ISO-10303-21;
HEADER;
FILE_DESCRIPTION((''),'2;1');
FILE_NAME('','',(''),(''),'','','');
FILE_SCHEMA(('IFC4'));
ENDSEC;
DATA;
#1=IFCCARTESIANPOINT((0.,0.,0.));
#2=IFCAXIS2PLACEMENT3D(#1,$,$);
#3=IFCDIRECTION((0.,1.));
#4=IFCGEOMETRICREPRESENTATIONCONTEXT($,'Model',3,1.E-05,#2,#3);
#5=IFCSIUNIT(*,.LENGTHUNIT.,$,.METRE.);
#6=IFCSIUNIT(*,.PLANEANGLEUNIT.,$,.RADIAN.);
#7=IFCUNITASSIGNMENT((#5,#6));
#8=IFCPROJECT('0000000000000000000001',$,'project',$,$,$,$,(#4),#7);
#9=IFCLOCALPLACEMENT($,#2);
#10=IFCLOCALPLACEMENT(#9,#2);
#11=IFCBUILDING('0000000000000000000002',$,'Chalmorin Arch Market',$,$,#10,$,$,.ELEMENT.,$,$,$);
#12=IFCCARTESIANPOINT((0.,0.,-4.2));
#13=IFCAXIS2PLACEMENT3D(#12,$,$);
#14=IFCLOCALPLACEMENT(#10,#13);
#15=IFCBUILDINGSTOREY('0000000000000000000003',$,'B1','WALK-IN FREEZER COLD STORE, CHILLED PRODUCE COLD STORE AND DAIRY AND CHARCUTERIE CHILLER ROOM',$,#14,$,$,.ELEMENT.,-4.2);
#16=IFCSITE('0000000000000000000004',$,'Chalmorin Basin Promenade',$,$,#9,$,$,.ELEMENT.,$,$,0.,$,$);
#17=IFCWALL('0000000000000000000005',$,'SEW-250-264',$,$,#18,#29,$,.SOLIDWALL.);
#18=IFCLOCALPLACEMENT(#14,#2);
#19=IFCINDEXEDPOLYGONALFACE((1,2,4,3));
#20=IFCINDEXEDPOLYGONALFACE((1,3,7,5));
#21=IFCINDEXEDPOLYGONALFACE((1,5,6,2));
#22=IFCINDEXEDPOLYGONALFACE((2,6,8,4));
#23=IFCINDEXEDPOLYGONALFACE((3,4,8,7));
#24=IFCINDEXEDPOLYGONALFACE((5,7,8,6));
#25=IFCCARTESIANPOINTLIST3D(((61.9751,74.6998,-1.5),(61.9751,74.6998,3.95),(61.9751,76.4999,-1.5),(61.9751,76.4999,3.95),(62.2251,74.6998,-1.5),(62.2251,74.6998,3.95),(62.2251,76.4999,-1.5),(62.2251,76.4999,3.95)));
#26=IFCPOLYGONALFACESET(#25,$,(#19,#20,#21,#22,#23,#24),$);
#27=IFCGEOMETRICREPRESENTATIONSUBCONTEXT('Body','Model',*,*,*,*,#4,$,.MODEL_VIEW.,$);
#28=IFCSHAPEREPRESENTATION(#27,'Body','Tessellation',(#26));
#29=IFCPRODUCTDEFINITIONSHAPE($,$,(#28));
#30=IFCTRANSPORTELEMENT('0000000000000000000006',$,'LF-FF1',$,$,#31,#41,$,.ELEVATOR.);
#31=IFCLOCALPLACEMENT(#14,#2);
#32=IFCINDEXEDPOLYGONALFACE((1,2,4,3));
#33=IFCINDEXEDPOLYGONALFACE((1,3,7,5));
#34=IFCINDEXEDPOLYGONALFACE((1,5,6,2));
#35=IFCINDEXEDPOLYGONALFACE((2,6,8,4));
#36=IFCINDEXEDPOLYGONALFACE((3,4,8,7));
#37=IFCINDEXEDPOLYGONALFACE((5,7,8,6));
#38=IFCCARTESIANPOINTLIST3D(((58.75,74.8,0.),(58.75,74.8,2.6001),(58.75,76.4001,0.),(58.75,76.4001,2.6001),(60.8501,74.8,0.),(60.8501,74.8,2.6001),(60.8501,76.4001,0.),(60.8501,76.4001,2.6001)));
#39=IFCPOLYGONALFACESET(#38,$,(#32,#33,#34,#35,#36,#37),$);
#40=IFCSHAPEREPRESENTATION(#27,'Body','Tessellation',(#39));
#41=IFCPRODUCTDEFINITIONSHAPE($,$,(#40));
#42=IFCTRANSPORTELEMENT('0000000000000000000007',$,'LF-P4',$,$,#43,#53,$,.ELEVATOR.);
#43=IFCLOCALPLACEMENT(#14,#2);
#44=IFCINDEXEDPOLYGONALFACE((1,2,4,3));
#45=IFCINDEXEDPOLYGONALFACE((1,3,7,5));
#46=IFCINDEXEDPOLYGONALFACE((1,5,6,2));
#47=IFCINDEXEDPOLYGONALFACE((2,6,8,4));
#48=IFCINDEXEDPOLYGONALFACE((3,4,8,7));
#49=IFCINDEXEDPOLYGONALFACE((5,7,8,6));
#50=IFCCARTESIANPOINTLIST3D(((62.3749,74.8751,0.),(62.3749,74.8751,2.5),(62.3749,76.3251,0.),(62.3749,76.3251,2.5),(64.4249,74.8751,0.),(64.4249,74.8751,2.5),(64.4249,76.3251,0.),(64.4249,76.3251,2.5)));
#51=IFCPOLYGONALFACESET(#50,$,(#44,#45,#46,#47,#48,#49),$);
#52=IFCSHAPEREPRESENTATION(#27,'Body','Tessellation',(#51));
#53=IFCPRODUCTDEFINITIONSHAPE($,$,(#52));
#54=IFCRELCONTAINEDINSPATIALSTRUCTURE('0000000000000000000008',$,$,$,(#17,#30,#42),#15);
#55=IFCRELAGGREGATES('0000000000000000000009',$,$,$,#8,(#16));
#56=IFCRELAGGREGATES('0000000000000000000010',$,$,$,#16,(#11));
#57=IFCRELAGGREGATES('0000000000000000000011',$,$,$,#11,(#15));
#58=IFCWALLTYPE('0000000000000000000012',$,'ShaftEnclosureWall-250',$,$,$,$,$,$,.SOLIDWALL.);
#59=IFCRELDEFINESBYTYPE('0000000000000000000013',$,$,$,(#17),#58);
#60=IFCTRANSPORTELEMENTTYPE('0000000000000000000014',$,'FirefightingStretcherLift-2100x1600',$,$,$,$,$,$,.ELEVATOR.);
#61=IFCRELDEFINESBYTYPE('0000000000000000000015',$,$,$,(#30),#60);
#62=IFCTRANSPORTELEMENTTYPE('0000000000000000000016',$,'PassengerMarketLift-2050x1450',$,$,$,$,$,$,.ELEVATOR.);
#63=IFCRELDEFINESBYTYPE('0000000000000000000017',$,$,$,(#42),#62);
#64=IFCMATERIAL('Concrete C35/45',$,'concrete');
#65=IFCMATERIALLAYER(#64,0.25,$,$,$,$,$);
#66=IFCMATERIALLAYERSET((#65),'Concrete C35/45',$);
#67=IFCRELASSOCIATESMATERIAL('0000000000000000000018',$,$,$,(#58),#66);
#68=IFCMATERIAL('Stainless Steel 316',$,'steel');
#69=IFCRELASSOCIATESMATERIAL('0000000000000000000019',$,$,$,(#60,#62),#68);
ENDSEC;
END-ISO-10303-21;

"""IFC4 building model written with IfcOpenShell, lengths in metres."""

from ifc_helpers import new_model, si_unit, direction, frame, frame_2d, origin, origin_2d, place, context, subcontext, project, spatial, rectangle, extrude, material, layer, layer_set, type_object, element, save


model = new_model("IFC4")

# Units and contexts
model_context = context("Model", 3, precision=1e-05, world=origin(), true_north=direction((0.0, 1.0)))
body_context = subcontext(model_context, "Body", "Model", "MODEL_VIEW")
ifc_project = project(units=[si_unit("LENGTHUNIT", "METRE"), si_unit("PLANEANGLEUNIT", "RADIAN")], contexts=[model_context])

# Site, building, storey
site_placement = place(None, origin())
site = spatial("IfcSite", under=ifc_project, at=site_placement, Name="Chalmorin Basin Promenade", CompositionType="ELEMENT", RefElevation=0.0)
building_placement = place(site_placement, origin())
building = spatial("IfcBuilding", under=site, at=building_placement, Name="Chalmorin Arch Market", CompositionType="ELEMENT")
storey_placement = place(building_placement, frame((0.0, 0.0, -4.2)))
storey = spatial("IfcBuildingStorey", under=building, at=storey_placement, Name="B1", Description="WALK-IN FREEZER COLD STORE, CHILLED PRODUCE COLD STORE AND DAIRY AND CHARCUTERIE CHILLER ROOM", CompositionType="ELEMENT", Elevation=-4.2)

# Wall
ifc_material_1 = material(Name="Concrete C35/45", Category="concrete")
ifc_layer_1 = layer(ifc_material_1, 0.25)
ifc_layer_set_1 = layer_set([ifc_layer_1], Name="Concrete C35/45")
wall_type_1 = type_object("IfcWallType", Name="ShaftEnclosureWall-250", PredefinedType="SOLIDWALL", material=ifc_layer_set_1)
wall_1_placement = place(storey_placement, frame((62.1001, 74.7, -1.5), z_axis=(0.0, 0.0, 1.0), x_axis=(0.0, 1.0, 0.0)))
element("IfcWall", 1, at=wall_1_placement, inside=storey, type_object=wall_type_1, Name="SEW-250-264", PredefinedType="SOLIDWALL", context=body_context, shape_type="SweptSolid", body=[
    extrude(rectangle(XDim=1.8, YDim=0.25, at=frame_2d((0.8999, 0.0))), origin(), (0.0, 0.0, 1.0), 5.45),
])

# Transport elements
ifc_material_2 = material(Name="Stainless Steel 316", Category="steel")
transport_element_type_1 = type_object("IfcTransportElementType", Name="FirefightingStretcherLift-2100x1600", PredefinedType="ELEVATOR", material=ifc_material_2)
transport_element_1_placement = place(storey_placement, frame((59.8, 75.6001, 0.0), z_axis=(0.0, 0.0, 1.0), x_axis=(1.0, 0.0, 0.0)))
element("IfcTransportElement", 2, at=transport_element_1_placement, inside=storey, type_object=transport_element_type_1, Name="LF-FF1", PredefinedType="ELEVATOR", context=body_context, shape_type="SweptSolid", body=[
    extrude(rectangle(XDim=2.1001, YDim=1.6001, at=origin_2d()), origin(), (0.0, 0.0, 1.0), 2.6001),
])
transport_element_type_2 = type_object("IfcTransportElementType", Name="PassengerMarketLift-2050x1450", PredefinedType="ELEVATOR", material=ifc_material_2)
transport_element_2_placement = place(storey_placement, frame((63.3999, 75.6001, 0.0), z_axis=(0.0, 0.0, 1.0), x_axis=(1.0, 0.0, 0.0)))
element("IfcTransportElement", 3, at=transport_element_2_placement, inside=storey, type_object=transport_element_type_2, Name="LF-P4", PredefinedType="ELEVATOR", context=body_context, shape_type="SweptSolid", body=[
    extrude(rectangle(XDim=2.05, YDim=1.45, at=origin_2d()), origin(), (0.0, 0.0, 1.0), 2.5),
])

save(model, "model.ifc")
